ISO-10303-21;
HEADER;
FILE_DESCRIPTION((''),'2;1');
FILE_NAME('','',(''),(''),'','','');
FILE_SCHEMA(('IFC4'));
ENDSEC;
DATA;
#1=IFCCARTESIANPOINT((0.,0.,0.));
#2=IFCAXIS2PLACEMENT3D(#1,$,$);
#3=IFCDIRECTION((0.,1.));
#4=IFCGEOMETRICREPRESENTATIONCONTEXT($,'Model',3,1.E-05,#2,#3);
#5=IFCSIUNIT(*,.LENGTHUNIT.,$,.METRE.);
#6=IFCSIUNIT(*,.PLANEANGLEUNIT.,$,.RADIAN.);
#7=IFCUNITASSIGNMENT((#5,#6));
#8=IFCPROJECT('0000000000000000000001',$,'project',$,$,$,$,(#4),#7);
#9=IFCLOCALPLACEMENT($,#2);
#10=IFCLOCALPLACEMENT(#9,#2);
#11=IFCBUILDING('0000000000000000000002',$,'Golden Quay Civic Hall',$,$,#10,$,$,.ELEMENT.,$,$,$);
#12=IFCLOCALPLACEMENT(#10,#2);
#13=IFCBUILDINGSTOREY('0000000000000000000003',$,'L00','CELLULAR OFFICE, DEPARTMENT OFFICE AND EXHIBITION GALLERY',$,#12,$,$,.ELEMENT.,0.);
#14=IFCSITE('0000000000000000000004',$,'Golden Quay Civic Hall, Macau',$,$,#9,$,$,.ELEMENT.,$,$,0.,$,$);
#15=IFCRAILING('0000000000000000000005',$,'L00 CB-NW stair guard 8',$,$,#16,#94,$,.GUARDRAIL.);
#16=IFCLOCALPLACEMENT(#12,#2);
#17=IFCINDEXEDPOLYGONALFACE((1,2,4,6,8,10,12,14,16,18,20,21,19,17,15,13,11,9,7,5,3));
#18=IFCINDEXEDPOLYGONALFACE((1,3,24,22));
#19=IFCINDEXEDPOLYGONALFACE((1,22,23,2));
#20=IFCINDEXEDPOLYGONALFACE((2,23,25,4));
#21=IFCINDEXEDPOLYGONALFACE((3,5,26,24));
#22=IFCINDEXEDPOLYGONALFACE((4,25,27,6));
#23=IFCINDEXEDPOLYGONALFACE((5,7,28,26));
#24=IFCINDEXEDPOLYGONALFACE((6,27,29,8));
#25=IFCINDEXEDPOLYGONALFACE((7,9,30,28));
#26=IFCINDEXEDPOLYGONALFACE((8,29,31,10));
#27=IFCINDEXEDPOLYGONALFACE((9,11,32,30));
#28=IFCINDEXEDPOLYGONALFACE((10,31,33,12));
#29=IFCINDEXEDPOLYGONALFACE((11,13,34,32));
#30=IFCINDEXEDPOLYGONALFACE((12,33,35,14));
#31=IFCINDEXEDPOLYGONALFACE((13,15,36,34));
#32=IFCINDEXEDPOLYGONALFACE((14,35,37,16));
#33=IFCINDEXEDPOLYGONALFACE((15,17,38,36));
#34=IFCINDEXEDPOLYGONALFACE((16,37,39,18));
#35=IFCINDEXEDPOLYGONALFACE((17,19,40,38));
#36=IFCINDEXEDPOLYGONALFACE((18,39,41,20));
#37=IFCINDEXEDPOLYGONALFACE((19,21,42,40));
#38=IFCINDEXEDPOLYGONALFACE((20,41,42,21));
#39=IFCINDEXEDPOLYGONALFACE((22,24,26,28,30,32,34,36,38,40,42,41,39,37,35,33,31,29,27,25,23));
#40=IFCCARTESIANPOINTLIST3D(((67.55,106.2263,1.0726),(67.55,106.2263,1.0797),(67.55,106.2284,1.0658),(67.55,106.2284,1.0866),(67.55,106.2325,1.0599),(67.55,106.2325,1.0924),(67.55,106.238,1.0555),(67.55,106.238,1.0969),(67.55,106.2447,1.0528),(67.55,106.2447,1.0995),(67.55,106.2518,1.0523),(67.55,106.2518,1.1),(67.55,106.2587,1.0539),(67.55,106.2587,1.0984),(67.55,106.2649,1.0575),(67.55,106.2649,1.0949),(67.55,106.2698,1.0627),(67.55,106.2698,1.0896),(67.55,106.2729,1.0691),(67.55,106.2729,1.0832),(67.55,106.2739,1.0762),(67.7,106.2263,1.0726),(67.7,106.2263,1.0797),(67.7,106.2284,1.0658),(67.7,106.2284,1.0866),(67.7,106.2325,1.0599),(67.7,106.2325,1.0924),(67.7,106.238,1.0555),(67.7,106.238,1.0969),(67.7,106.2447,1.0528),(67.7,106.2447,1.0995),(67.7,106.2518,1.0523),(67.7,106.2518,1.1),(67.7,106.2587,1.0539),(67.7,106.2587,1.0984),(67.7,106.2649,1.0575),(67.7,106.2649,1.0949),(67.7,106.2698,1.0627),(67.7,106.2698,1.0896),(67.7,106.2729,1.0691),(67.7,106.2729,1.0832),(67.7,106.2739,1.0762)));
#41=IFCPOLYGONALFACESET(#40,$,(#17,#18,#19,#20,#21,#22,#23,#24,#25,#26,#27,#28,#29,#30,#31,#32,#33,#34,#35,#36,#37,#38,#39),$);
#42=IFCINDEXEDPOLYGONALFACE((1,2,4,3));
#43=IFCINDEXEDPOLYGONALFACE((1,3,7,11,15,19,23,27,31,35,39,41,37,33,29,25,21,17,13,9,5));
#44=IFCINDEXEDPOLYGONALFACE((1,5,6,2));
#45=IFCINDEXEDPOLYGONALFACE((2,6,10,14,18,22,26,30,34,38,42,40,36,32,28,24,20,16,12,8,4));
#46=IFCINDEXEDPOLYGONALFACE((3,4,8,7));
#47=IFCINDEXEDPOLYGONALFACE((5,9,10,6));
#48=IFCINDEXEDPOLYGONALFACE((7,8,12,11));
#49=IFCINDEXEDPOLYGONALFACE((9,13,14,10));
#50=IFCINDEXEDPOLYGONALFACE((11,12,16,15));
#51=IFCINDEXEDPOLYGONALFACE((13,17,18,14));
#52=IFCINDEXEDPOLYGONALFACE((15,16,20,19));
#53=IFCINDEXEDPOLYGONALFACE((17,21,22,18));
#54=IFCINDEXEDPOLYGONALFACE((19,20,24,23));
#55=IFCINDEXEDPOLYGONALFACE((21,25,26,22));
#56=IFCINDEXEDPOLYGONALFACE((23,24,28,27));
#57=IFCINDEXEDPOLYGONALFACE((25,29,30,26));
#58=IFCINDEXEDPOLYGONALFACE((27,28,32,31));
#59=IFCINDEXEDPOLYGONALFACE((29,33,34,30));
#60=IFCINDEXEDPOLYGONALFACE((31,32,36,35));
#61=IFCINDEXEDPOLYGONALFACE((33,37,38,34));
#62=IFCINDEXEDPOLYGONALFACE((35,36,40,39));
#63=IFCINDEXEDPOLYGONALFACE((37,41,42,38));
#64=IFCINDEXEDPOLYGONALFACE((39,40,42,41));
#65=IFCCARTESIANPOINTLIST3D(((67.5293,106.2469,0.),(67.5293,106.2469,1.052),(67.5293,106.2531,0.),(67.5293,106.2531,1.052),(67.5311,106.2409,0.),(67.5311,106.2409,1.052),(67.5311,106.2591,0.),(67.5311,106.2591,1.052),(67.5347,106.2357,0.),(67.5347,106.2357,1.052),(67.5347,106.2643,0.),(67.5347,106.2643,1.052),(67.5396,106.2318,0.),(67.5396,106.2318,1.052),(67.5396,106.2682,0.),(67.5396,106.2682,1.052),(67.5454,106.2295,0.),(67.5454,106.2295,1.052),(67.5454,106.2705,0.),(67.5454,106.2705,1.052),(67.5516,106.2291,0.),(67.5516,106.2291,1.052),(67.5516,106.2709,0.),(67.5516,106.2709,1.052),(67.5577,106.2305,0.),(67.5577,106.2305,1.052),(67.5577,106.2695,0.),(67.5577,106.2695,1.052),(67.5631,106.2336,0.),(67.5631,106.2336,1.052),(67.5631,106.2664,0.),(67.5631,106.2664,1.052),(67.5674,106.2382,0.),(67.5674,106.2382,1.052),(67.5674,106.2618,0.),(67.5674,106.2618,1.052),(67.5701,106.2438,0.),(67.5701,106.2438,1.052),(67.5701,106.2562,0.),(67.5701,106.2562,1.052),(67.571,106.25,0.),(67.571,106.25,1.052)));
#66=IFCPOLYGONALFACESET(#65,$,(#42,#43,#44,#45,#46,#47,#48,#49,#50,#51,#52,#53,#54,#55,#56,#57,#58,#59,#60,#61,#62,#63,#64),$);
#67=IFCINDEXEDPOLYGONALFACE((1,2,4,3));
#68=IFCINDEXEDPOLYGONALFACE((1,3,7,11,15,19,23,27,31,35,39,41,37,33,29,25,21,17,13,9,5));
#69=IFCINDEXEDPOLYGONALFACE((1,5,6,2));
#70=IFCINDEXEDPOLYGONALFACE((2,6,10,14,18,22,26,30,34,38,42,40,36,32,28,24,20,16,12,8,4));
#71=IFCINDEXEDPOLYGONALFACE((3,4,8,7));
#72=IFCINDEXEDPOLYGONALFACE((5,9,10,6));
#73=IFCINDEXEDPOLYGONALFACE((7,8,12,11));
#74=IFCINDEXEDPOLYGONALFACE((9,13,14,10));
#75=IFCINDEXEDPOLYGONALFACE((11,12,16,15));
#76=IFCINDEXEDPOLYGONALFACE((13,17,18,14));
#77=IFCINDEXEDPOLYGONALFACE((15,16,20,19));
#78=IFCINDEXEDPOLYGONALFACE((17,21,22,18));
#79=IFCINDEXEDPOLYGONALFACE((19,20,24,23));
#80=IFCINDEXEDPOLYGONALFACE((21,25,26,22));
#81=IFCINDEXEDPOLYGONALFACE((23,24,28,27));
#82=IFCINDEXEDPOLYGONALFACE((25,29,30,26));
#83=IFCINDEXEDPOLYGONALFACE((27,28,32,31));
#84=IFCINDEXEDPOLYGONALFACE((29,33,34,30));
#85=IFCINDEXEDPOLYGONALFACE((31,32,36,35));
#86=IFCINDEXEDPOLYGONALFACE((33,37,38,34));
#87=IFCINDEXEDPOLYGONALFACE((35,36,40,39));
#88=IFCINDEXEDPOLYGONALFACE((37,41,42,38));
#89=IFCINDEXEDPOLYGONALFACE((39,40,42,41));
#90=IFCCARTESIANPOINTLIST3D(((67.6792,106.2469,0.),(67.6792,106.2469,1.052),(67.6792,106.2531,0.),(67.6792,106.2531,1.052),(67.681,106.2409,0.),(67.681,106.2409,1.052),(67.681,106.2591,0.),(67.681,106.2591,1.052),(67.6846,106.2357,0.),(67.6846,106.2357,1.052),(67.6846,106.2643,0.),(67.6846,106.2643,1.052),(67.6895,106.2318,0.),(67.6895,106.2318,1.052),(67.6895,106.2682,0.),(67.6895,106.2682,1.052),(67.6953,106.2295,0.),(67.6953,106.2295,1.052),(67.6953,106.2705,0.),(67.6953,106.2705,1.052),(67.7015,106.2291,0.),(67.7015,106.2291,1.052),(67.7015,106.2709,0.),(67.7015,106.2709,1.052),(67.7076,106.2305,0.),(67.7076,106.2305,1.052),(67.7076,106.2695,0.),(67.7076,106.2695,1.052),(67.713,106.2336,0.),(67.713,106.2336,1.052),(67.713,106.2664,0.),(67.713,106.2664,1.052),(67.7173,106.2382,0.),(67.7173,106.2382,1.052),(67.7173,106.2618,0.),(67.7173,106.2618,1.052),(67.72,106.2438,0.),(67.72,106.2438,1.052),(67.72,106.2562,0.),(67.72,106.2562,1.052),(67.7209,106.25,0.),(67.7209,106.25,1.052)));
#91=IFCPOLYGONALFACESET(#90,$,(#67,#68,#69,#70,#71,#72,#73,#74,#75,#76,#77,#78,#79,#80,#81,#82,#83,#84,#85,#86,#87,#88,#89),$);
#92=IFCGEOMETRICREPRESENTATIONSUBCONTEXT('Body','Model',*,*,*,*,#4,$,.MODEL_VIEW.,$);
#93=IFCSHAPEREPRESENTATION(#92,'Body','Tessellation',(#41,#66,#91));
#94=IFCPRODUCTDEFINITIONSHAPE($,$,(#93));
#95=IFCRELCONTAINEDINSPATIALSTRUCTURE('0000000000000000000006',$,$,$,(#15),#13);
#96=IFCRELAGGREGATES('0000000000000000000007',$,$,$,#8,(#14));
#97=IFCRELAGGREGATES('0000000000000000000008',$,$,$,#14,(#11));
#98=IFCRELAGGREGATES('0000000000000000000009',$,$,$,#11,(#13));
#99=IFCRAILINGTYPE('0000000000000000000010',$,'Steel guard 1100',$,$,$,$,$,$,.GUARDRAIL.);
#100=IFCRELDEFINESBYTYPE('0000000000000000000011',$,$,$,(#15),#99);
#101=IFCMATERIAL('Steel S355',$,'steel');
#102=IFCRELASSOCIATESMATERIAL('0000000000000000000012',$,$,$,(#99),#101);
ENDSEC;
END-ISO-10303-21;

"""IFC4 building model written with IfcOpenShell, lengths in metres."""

from ifc_helpers import new_model, si_unit, direction, frame, origin, origin_2d, place, context, subcontext, project, spatial, circle, extrude, material, type_object, element, save


model = new_model("IFC4")

# Units and contexts
model_context = context("Model", 3, precision=1e-05, world=origin(), true_north=direction((0.0, 1.0)))
body_context = subcontext(model_context, "Body", "Model", "MODEL_VIEW")
ifc_project = project(units=[si_unit("LENGTHUNIT", "METRE"), si_unit("PLANEANGLEUNIT", "RADIAN")], contexts=[model_context])

# Site, building, storey
site_placement = place(None, origin())
site = spatial("IfcSite", under=ifc_project, at=site_placement, Name="Golden Quay Civic Hall, Macau", CompositionType="ELEMENT", RefElevation=0.0)
building_placement = place(site_placement, origin())
building = spatial("IfcBuilding", under=site, at=building_placement, Name="Golden Quay Civic Hall", CompositionType="ELEMENT")
storey_placement = place(building_placement, origin())
storey = spatial("IfcBuildingStorey", under=building, at=storey_placement, Name="L00", Description="CELLULAR OFFICE, DEPARTMENT OFFICE AND EXHIBITION GALLERY", CompositionType="ELEMENT", Elevation=0.0)

# Railing
ifc_material_1 = material(Name="Steel S355", Category="steel")
railing_type = type_object("IfcRailingType", Name="Steel guard 1100", PredefinedType="GUARDRAIL", material=ifc_material_1)
railing_1_placement = place(storey_placement, frame((67.55, 106.25, 0.0)))
element("IfcRailing", 1, at=railing_1_placement, inside=storey, type_object=railing_type, Name="L00 CB-NW stair guard 8", PredefinedType="GUARDRAIL", context=body_context, shape_type="SweptSolid", body=[
    extrude(circle(Radius=0.0239, at=origin_2d()), frame((0.0, 0.0, 1.0762), z_axis=(1.0, 0.0, 0.0), x_axis=(0.0, 1.0, 0.0)), (0.0, 0.0, 1.0), 0.1499),
    extrude(circle(Radius=0.021, at=origin_2d()), origin(), (0.0, 0.0, 1.0), 1.052),
    extrude(circle(Radius=0.021, at=origin_2d()), frame((0.1499, 0.0, 0.0)), (0.0, 0.0, 1.0), 1.052),
])

save(model, "model.ifc")
